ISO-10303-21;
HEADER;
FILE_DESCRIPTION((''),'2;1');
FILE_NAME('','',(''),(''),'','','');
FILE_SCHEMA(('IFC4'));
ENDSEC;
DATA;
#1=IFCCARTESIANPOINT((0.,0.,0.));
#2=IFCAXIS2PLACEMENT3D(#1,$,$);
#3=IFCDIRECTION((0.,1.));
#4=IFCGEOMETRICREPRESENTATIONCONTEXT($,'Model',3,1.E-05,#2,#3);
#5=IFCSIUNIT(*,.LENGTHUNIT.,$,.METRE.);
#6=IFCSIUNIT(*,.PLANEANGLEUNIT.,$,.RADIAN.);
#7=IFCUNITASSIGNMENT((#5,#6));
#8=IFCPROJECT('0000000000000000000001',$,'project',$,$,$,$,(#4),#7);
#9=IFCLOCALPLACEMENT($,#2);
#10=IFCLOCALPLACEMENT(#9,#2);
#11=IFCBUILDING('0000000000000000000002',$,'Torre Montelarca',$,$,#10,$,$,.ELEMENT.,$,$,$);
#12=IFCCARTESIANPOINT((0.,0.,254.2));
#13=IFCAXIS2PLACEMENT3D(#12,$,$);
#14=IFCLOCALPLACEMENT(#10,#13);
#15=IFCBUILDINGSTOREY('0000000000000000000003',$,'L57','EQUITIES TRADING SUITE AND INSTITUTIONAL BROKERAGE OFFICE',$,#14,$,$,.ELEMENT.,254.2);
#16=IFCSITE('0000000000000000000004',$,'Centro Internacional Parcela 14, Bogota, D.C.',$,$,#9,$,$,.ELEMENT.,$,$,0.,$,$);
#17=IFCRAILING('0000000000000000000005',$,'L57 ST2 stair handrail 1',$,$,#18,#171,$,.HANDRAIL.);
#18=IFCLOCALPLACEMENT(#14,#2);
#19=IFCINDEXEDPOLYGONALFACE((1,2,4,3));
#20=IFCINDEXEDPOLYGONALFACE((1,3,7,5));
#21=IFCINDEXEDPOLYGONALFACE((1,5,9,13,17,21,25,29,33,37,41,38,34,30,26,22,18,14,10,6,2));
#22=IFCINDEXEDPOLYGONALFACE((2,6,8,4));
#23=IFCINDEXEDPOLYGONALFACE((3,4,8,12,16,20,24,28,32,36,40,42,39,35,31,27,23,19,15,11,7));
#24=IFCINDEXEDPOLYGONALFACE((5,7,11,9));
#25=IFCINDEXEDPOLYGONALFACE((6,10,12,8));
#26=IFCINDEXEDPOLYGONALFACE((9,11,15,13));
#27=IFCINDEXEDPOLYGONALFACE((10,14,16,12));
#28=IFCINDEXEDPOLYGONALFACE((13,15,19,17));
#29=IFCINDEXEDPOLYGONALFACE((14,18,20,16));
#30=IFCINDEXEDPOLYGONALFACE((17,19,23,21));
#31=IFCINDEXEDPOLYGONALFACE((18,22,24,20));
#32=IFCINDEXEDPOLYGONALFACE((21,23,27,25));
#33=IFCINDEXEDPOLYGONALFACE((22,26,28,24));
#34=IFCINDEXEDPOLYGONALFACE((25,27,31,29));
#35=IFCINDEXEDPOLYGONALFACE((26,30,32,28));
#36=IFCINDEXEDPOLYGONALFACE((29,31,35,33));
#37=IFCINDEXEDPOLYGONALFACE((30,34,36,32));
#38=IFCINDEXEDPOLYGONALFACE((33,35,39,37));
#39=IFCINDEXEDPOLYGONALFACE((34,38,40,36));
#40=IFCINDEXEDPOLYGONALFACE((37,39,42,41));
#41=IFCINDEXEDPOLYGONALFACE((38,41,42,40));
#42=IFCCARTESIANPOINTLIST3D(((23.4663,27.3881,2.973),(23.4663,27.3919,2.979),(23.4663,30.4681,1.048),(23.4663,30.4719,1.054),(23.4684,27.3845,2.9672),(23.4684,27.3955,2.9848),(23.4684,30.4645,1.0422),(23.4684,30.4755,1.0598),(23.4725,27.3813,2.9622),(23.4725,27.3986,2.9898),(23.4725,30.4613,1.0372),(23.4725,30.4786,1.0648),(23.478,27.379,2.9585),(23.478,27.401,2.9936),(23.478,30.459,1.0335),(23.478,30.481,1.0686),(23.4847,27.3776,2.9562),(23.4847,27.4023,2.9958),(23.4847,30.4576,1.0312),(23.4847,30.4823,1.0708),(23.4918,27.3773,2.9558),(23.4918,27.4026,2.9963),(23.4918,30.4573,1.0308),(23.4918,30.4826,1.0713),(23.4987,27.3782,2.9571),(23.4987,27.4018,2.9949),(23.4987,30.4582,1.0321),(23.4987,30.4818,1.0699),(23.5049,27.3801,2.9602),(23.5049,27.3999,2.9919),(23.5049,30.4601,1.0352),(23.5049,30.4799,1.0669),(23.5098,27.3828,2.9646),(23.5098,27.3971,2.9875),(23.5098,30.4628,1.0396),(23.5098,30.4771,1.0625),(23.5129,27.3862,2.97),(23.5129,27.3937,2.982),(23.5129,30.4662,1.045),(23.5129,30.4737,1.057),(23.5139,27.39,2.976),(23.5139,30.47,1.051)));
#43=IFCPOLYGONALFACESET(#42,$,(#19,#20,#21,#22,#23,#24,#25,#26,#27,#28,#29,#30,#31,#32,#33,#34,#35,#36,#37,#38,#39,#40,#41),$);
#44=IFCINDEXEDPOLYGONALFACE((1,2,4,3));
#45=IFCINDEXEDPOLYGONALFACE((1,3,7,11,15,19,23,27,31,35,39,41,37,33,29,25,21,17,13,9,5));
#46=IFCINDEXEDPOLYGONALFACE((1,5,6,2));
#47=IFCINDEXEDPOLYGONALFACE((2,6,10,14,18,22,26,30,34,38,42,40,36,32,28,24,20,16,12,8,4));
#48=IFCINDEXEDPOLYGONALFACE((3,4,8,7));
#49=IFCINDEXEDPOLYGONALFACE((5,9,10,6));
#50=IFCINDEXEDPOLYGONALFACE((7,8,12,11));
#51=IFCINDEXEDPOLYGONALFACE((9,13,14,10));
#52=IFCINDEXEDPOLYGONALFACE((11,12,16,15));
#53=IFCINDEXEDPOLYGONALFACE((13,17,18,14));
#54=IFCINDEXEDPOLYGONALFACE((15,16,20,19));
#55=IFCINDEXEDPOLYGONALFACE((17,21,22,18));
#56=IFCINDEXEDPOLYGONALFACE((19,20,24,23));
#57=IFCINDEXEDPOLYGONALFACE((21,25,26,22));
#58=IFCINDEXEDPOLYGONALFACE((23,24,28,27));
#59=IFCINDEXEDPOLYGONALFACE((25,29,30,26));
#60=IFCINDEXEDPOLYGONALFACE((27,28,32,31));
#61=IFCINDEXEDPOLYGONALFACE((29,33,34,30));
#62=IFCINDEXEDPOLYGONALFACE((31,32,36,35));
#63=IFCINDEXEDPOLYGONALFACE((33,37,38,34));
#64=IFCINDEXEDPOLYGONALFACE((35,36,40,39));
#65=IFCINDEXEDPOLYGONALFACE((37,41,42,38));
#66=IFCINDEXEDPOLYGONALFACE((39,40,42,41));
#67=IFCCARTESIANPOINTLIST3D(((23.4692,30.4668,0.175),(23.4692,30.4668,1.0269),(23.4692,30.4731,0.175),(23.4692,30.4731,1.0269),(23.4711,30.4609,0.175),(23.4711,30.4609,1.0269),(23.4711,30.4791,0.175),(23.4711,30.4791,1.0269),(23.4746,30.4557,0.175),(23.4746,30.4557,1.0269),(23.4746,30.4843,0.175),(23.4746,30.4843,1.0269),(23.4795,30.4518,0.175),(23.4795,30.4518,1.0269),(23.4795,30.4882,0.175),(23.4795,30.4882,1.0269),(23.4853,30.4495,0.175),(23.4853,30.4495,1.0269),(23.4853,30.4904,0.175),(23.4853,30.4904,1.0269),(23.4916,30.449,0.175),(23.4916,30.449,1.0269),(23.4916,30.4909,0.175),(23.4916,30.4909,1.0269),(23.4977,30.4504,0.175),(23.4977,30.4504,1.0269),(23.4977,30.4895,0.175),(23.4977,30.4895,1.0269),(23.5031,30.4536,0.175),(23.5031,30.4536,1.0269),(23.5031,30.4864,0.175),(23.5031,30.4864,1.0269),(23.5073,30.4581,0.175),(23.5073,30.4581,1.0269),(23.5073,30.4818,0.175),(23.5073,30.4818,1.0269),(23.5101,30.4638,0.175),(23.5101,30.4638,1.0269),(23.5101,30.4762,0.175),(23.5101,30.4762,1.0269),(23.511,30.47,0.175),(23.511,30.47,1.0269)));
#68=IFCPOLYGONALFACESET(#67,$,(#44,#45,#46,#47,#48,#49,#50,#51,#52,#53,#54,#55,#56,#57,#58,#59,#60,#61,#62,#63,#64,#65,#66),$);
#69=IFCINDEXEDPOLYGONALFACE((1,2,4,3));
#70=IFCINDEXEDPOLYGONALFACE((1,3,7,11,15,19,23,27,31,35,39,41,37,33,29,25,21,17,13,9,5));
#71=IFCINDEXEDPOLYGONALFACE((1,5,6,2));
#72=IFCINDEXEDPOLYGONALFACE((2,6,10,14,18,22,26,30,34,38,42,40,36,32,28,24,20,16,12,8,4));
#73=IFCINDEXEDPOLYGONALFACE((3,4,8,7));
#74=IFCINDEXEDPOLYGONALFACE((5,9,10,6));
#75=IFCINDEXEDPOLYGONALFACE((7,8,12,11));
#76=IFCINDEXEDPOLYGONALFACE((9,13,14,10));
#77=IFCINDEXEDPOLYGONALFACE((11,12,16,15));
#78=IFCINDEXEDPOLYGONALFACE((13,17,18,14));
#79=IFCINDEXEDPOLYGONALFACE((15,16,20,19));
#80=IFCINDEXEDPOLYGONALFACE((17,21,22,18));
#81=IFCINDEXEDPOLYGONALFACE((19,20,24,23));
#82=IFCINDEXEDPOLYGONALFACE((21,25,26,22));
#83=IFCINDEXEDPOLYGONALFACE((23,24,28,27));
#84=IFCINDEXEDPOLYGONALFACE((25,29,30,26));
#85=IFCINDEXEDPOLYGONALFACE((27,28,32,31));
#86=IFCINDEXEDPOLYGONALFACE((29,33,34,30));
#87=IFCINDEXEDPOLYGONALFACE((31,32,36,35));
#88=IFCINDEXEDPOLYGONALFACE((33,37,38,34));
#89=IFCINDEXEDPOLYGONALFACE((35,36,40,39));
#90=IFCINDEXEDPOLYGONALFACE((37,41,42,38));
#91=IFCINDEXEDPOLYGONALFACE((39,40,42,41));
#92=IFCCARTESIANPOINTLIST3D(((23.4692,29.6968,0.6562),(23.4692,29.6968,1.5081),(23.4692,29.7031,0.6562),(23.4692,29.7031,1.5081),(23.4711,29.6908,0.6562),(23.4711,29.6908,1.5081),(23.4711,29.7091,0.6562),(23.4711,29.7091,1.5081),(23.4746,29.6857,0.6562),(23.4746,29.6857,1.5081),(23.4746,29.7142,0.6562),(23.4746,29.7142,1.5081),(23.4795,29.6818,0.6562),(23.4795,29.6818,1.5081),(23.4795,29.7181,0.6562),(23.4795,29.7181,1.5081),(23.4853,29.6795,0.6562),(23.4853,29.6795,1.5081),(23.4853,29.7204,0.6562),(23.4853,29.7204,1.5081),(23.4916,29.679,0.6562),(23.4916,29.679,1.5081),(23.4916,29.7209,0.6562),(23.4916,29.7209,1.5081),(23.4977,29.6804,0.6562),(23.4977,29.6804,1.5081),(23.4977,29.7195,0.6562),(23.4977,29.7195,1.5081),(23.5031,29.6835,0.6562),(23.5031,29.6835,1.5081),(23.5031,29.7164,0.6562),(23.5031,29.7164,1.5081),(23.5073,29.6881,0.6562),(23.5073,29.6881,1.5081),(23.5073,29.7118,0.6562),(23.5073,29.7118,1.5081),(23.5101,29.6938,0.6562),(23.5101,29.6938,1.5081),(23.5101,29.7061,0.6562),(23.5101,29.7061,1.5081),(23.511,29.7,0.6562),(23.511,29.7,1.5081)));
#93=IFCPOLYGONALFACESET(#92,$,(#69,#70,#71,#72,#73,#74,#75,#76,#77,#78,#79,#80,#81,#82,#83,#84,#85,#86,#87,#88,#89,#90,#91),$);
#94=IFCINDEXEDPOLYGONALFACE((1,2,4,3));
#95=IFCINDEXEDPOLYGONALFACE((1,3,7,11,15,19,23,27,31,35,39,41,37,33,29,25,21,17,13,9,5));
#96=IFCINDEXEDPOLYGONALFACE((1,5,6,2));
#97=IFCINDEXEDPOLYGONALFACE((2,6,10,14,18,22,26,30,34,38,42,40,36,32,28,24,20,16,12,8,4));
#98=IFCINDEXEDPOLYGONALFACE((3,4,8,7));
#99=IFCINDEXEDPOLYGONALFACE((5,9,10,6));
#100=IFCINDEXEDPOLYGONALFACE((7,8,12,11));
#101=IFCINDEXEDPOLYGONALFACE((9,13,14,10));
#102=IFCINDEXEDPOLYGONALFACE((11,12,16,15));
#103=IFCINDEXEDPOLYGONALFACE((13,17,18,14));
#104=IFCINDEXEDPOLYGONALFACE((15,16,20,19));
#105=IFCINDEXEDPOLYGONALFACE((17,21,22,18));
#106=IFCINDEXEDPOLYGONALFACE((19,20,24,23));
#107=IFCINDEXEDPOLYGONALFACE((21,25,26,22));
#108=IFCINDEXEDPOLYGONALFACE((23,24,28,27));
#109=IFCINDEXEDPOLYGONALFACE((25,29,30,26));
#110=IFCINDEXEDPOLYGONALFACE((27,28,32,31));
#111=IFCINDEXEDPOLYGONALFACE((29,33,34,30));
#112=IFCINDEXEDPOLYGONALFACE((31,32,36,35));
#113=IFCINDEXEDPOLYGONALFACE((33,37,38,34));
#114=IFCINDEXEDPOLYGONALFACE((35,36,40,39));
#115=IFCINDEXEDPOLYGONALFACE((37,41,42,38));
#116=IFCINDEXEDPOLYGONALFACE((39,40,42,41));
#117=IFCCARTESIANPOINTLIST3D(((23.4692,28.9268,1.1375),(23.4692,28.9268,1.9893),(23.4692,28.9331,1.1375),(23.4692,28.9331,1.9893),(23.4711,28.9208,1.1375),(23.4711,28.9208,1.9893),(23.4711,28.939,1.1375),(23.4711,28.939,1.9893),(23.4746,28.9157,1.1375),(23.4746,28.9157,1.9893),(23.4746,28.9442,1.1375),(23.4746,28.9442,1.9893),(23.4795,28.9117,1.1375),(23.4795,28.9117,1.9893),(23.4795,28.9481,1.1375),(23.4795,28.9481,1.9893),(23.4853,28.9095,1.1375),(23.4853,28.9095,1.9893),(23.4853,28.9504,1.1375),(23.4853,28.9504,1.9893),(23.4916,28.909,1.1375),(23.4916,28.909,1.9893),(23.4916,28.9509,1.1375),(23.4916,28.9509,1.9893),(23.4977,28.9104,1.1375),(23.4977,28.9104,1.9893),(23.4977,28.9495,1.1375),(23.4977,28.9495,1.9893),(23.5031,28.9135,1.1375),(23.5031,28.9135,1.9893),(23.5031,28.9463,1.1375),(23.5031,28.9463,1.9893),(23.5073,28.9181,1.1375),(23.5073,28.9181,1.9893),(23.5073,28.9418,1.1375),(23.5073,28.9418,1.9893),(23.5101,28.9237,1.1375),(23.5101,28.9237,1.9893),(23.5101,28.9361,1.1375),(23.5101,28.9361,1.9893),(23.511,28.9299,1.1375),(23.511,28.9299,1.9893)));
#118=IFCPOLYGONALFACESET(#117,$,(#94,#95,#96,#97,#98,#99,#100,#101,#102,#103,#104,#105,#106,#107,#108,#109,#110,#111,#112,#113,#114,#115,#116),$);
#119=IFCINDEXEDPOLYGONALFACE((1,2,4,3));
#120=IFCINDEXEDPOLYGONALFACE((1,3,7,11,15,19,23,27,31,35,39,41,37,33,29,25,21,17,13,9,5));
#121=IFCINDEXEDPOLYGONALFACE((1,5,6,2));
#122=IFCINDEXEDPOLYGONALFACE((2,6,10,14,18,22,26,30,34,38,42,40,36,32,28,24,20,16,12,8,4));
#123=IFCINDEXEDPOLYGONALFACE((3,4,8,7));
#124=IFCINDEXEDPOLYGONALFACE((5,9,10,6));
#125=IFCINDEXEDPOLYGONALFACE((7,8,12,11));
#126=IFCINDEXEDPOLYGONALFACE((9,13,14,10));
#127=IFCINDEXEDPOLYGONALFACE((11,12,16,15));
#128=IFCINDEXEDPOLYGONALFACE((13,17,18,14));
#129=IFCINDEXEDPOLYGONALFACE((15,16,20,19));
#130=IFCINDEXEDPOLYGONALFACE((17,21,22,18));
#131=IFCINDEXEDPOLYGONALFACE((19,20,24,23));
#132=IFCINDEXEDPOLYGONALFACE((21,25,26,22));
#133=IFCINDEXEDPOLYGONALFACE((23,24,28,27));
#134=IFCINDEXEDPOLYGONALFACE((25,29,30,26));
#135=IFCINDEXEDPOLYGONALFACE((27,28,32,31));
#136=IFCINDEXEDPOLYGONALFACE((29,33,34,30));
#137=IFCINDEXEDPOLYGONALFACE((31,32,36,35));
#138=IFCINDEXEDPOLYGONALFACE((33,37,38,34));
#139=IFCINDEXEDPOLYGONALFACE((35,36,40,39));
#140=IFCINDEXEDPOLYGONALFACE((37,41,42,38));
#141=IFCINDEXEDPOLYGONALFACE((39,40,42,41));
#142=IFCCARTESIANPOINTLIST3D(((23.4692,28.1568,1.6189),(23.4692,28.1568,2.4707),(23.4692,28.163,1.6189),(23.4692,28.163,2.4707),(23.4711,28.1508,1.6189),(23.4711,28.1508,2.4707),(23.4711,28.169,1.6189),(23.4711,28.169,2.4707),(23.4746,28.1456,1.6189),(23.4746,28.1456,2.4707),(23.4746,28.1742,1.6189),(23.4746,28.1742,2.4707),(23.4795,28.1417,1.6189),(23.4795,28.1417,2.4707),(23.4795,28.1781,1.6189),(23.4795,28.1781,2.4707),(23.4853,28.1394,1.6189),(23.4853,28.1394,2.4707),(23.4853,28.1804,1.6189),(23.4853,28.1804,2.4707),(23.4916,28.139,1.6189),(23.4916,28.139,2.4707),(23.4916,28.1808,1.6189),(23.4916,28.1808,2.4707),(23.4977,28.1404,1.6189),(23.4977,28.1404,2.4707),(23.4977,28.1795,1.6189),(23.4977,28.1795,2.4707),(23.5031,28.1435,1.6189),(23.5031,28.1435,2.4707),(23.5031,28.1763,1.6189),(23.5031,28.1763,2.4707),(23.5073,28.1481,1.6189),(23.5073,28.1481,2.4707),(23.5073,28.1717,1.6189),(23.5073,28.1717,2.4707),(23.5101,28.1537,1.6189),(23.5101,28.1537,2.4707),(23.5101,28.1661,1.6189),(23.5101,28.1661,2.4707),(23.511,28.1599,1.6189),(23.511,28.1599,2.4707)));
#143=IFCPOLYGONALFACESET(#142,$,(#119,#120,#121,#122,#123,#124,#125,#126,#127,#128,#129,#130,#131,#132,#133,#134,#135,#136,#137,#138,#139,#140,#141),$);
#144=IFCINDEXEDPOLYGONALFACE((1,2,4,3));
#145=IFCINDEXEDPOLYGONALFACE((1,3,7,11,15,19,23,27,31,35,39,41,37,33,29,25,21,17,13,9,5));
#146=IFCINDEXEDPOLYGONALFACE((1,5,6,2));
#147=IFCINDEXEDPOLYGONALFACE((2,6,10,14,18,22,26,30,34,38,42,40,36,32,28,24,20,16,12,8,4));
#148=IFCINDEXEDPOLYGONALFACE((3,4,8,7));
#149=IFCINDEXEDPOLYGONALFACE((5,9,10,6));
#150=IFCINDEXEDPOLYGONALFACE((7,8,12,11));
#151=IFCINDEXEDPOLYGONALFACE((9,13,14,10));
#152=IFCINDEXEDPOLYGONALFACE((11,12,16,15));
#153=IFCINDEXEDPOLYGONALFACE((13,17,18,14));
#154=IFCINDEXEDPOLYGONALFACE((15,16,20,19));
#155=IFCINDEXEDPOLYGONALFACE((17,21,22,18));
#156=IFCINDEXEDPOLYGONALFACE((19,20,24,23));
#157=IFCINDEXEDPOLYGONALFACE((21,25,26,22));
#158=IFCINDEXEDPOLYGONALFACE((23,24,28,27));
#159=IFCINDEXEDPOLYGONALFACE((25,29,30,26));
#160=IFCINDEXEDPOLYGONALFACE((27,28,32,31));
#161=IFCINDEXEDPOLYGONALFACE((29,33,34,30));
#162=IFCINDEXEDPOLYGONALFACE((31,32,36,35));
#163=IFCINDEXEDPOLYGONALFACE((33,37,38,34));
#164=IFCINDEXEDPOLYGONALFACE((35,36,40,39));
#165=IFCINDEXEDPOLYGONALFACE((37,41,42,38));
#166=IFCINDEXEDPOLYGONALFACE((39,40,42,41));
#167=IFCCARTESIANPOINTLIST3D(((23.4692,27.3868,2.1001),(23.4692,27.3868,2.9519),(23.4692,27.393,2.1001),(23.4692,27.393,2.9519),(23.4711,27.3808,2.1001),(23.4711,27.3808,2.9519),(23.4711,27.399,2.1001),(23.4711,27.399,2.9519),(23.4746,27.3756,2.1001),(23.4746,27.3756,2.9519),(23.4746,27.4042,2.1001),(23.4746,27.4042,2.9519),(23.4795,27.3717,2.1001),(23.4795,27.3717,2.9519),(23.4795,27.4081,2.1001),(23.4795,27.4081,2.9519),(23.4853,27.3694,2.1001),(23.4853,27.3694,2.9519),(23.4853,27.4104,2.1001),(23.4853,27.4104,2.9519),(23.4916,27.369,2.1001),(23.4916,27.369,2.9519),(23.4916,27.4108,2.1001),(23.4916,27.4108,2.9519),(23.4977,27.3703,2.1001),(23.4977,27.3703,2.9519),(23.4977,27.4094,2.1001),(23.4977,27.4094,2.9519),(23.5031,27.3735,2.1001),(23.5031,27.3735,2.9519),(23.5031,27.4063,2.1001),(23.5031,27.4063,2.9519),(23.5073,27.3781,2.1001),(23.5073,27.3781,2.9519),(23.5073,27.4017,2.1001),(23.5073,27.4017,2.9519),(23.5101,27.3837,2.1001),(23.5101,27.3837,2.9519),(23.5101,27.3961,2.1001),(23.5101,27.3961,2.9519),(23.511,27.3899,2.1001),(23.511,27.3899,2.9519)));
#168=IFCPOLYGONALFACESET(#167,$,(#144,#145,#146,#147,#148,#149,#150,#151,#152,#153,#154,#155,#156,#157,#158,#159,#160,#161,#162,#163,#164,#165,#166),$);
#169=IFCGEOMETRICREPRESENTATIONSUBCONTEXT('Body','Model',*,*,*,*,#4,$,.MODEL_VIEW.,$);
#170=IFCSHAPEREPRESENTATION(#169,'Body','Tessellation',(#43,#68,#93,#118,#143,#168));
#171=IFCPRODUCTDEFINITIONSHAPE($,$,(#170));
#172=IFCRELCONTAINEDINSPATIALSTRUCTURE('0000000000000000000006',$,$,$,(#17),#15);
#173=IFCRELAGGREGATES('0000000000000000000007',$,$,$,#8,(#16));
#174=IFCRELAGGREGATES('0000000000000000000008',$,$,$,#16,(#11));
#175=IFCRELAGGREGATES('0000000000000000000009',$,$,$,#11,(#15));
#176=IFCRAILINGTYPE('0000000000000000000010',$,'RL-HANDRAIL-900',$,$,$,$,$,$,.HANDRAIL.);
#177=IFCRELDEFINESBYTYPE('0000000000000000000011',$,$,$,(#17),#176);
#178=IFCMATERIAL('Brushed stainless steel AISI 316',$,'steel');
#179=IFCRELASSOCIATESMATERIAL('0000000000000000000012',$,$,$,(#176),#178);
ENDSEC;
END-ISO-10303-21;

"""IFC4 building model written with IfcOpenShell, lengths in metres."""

from ifc_helpers import new_model, si_unit, direction, frame, origin, origin_2d, place, context, subcontext, project, spatial, circle, extrude, material, type_object, element, save


model = new_model("IFC4")

# Units and contexts
model_context = context("Model", 3, precision=1e-05, world=origin(), true_north=direction((0.0, 1.0)))
body_context = subcontext(model_context, "Body", "Model", "MODEL_VIEW")
ifc_project = project(units=[si_unit("LENGTHUNIT", "METRE"), si_unit("PLANEANGLEUNIT", "RADIAN")], contexts=[model_context])

# Site, building, storey
site_placement = place(None, origin())
site = spatial("IfcSite", under=ifc_project, at=site_placement, Name="Centro Internacional Parcela 14, Bogota, D.C.", CompositionType="ELEMENT", RefElevation=0.0)
building_placement = place(site_placement, origin())
building = spatial("IfcBuilding", under=site, at=building_placement, Name="Torre Montelarca", CompositionType="ELEMENT")
storey_placement = place(building_placement, frame((0.0, 0.0, 254.2)))
storey = spatial("IfcBuildingStorey", under=building, at=storey_placement, Name="L57", Description="EQUITIES TRADING SUITE AND INSTITUTIONAL BROKERAGE OFFICE", CompositionType="ELEMENT", Elevation=254.2)

# Shared definitions
ifc_material_1 = material(Name="Brushed stainless steel AISI 316", Category="steel")

# Railing
railing_type_1 = type_object("IfcRailingType", Name="RL-HANDRAIL-900", PredefinedType="HANDRAIL", material=ifc_material_1)
railing_1_placement = place(storey_placement, frame((23.49, 30.47, 0.175)))
element("IfcRailing", 1, at=railing_1_placement, inside=storey, type_object=railing_type_1, Name="L57 ST2 stair handrail 1", PredefinedType="HANDRAIL", context=body_context, shape_type="SweptSolid", body=[
    extrude(circle(Radius=0.0239, at=origin_2d()), frame((0.0, 0.0, 0.876), z_axis=(0.0, -0.847998, 0.529999), x_axis=(1.0, 0.0, 0.0)), (0.0, 0.0, 1.0), 3.6321),
    extrude(circle(Radius=0.021, at=origin_2d()), origin(), (0.0, 0.0, 1.0), 0.8518),
    extrude(circle(Radius=0.021, at=origin_2d()), frame((0.0, -0.77, 0.4812)), (0.0, 0.0, 1.0), 0.8518),
    extrude(circle(Radius=0.021, at=origin_2d()), frame((0.0, -1.54, 0.9624)), (0.0, 0.0, 1.0), 0.8518),
    extrude(circle(Radius=0.021, at=origin_2d()), frame((0.0, -2.3101, 1.4438)), (0.0, 0.0, 1.0), 0.8518),
    extrude(circle(Radius=0.021, at=origin_2d()), frame((0.0, -3.0801, 1.925)), (0.0, 0.0, 1.0), 0.8518),
])

save(model, "model.ifc")
